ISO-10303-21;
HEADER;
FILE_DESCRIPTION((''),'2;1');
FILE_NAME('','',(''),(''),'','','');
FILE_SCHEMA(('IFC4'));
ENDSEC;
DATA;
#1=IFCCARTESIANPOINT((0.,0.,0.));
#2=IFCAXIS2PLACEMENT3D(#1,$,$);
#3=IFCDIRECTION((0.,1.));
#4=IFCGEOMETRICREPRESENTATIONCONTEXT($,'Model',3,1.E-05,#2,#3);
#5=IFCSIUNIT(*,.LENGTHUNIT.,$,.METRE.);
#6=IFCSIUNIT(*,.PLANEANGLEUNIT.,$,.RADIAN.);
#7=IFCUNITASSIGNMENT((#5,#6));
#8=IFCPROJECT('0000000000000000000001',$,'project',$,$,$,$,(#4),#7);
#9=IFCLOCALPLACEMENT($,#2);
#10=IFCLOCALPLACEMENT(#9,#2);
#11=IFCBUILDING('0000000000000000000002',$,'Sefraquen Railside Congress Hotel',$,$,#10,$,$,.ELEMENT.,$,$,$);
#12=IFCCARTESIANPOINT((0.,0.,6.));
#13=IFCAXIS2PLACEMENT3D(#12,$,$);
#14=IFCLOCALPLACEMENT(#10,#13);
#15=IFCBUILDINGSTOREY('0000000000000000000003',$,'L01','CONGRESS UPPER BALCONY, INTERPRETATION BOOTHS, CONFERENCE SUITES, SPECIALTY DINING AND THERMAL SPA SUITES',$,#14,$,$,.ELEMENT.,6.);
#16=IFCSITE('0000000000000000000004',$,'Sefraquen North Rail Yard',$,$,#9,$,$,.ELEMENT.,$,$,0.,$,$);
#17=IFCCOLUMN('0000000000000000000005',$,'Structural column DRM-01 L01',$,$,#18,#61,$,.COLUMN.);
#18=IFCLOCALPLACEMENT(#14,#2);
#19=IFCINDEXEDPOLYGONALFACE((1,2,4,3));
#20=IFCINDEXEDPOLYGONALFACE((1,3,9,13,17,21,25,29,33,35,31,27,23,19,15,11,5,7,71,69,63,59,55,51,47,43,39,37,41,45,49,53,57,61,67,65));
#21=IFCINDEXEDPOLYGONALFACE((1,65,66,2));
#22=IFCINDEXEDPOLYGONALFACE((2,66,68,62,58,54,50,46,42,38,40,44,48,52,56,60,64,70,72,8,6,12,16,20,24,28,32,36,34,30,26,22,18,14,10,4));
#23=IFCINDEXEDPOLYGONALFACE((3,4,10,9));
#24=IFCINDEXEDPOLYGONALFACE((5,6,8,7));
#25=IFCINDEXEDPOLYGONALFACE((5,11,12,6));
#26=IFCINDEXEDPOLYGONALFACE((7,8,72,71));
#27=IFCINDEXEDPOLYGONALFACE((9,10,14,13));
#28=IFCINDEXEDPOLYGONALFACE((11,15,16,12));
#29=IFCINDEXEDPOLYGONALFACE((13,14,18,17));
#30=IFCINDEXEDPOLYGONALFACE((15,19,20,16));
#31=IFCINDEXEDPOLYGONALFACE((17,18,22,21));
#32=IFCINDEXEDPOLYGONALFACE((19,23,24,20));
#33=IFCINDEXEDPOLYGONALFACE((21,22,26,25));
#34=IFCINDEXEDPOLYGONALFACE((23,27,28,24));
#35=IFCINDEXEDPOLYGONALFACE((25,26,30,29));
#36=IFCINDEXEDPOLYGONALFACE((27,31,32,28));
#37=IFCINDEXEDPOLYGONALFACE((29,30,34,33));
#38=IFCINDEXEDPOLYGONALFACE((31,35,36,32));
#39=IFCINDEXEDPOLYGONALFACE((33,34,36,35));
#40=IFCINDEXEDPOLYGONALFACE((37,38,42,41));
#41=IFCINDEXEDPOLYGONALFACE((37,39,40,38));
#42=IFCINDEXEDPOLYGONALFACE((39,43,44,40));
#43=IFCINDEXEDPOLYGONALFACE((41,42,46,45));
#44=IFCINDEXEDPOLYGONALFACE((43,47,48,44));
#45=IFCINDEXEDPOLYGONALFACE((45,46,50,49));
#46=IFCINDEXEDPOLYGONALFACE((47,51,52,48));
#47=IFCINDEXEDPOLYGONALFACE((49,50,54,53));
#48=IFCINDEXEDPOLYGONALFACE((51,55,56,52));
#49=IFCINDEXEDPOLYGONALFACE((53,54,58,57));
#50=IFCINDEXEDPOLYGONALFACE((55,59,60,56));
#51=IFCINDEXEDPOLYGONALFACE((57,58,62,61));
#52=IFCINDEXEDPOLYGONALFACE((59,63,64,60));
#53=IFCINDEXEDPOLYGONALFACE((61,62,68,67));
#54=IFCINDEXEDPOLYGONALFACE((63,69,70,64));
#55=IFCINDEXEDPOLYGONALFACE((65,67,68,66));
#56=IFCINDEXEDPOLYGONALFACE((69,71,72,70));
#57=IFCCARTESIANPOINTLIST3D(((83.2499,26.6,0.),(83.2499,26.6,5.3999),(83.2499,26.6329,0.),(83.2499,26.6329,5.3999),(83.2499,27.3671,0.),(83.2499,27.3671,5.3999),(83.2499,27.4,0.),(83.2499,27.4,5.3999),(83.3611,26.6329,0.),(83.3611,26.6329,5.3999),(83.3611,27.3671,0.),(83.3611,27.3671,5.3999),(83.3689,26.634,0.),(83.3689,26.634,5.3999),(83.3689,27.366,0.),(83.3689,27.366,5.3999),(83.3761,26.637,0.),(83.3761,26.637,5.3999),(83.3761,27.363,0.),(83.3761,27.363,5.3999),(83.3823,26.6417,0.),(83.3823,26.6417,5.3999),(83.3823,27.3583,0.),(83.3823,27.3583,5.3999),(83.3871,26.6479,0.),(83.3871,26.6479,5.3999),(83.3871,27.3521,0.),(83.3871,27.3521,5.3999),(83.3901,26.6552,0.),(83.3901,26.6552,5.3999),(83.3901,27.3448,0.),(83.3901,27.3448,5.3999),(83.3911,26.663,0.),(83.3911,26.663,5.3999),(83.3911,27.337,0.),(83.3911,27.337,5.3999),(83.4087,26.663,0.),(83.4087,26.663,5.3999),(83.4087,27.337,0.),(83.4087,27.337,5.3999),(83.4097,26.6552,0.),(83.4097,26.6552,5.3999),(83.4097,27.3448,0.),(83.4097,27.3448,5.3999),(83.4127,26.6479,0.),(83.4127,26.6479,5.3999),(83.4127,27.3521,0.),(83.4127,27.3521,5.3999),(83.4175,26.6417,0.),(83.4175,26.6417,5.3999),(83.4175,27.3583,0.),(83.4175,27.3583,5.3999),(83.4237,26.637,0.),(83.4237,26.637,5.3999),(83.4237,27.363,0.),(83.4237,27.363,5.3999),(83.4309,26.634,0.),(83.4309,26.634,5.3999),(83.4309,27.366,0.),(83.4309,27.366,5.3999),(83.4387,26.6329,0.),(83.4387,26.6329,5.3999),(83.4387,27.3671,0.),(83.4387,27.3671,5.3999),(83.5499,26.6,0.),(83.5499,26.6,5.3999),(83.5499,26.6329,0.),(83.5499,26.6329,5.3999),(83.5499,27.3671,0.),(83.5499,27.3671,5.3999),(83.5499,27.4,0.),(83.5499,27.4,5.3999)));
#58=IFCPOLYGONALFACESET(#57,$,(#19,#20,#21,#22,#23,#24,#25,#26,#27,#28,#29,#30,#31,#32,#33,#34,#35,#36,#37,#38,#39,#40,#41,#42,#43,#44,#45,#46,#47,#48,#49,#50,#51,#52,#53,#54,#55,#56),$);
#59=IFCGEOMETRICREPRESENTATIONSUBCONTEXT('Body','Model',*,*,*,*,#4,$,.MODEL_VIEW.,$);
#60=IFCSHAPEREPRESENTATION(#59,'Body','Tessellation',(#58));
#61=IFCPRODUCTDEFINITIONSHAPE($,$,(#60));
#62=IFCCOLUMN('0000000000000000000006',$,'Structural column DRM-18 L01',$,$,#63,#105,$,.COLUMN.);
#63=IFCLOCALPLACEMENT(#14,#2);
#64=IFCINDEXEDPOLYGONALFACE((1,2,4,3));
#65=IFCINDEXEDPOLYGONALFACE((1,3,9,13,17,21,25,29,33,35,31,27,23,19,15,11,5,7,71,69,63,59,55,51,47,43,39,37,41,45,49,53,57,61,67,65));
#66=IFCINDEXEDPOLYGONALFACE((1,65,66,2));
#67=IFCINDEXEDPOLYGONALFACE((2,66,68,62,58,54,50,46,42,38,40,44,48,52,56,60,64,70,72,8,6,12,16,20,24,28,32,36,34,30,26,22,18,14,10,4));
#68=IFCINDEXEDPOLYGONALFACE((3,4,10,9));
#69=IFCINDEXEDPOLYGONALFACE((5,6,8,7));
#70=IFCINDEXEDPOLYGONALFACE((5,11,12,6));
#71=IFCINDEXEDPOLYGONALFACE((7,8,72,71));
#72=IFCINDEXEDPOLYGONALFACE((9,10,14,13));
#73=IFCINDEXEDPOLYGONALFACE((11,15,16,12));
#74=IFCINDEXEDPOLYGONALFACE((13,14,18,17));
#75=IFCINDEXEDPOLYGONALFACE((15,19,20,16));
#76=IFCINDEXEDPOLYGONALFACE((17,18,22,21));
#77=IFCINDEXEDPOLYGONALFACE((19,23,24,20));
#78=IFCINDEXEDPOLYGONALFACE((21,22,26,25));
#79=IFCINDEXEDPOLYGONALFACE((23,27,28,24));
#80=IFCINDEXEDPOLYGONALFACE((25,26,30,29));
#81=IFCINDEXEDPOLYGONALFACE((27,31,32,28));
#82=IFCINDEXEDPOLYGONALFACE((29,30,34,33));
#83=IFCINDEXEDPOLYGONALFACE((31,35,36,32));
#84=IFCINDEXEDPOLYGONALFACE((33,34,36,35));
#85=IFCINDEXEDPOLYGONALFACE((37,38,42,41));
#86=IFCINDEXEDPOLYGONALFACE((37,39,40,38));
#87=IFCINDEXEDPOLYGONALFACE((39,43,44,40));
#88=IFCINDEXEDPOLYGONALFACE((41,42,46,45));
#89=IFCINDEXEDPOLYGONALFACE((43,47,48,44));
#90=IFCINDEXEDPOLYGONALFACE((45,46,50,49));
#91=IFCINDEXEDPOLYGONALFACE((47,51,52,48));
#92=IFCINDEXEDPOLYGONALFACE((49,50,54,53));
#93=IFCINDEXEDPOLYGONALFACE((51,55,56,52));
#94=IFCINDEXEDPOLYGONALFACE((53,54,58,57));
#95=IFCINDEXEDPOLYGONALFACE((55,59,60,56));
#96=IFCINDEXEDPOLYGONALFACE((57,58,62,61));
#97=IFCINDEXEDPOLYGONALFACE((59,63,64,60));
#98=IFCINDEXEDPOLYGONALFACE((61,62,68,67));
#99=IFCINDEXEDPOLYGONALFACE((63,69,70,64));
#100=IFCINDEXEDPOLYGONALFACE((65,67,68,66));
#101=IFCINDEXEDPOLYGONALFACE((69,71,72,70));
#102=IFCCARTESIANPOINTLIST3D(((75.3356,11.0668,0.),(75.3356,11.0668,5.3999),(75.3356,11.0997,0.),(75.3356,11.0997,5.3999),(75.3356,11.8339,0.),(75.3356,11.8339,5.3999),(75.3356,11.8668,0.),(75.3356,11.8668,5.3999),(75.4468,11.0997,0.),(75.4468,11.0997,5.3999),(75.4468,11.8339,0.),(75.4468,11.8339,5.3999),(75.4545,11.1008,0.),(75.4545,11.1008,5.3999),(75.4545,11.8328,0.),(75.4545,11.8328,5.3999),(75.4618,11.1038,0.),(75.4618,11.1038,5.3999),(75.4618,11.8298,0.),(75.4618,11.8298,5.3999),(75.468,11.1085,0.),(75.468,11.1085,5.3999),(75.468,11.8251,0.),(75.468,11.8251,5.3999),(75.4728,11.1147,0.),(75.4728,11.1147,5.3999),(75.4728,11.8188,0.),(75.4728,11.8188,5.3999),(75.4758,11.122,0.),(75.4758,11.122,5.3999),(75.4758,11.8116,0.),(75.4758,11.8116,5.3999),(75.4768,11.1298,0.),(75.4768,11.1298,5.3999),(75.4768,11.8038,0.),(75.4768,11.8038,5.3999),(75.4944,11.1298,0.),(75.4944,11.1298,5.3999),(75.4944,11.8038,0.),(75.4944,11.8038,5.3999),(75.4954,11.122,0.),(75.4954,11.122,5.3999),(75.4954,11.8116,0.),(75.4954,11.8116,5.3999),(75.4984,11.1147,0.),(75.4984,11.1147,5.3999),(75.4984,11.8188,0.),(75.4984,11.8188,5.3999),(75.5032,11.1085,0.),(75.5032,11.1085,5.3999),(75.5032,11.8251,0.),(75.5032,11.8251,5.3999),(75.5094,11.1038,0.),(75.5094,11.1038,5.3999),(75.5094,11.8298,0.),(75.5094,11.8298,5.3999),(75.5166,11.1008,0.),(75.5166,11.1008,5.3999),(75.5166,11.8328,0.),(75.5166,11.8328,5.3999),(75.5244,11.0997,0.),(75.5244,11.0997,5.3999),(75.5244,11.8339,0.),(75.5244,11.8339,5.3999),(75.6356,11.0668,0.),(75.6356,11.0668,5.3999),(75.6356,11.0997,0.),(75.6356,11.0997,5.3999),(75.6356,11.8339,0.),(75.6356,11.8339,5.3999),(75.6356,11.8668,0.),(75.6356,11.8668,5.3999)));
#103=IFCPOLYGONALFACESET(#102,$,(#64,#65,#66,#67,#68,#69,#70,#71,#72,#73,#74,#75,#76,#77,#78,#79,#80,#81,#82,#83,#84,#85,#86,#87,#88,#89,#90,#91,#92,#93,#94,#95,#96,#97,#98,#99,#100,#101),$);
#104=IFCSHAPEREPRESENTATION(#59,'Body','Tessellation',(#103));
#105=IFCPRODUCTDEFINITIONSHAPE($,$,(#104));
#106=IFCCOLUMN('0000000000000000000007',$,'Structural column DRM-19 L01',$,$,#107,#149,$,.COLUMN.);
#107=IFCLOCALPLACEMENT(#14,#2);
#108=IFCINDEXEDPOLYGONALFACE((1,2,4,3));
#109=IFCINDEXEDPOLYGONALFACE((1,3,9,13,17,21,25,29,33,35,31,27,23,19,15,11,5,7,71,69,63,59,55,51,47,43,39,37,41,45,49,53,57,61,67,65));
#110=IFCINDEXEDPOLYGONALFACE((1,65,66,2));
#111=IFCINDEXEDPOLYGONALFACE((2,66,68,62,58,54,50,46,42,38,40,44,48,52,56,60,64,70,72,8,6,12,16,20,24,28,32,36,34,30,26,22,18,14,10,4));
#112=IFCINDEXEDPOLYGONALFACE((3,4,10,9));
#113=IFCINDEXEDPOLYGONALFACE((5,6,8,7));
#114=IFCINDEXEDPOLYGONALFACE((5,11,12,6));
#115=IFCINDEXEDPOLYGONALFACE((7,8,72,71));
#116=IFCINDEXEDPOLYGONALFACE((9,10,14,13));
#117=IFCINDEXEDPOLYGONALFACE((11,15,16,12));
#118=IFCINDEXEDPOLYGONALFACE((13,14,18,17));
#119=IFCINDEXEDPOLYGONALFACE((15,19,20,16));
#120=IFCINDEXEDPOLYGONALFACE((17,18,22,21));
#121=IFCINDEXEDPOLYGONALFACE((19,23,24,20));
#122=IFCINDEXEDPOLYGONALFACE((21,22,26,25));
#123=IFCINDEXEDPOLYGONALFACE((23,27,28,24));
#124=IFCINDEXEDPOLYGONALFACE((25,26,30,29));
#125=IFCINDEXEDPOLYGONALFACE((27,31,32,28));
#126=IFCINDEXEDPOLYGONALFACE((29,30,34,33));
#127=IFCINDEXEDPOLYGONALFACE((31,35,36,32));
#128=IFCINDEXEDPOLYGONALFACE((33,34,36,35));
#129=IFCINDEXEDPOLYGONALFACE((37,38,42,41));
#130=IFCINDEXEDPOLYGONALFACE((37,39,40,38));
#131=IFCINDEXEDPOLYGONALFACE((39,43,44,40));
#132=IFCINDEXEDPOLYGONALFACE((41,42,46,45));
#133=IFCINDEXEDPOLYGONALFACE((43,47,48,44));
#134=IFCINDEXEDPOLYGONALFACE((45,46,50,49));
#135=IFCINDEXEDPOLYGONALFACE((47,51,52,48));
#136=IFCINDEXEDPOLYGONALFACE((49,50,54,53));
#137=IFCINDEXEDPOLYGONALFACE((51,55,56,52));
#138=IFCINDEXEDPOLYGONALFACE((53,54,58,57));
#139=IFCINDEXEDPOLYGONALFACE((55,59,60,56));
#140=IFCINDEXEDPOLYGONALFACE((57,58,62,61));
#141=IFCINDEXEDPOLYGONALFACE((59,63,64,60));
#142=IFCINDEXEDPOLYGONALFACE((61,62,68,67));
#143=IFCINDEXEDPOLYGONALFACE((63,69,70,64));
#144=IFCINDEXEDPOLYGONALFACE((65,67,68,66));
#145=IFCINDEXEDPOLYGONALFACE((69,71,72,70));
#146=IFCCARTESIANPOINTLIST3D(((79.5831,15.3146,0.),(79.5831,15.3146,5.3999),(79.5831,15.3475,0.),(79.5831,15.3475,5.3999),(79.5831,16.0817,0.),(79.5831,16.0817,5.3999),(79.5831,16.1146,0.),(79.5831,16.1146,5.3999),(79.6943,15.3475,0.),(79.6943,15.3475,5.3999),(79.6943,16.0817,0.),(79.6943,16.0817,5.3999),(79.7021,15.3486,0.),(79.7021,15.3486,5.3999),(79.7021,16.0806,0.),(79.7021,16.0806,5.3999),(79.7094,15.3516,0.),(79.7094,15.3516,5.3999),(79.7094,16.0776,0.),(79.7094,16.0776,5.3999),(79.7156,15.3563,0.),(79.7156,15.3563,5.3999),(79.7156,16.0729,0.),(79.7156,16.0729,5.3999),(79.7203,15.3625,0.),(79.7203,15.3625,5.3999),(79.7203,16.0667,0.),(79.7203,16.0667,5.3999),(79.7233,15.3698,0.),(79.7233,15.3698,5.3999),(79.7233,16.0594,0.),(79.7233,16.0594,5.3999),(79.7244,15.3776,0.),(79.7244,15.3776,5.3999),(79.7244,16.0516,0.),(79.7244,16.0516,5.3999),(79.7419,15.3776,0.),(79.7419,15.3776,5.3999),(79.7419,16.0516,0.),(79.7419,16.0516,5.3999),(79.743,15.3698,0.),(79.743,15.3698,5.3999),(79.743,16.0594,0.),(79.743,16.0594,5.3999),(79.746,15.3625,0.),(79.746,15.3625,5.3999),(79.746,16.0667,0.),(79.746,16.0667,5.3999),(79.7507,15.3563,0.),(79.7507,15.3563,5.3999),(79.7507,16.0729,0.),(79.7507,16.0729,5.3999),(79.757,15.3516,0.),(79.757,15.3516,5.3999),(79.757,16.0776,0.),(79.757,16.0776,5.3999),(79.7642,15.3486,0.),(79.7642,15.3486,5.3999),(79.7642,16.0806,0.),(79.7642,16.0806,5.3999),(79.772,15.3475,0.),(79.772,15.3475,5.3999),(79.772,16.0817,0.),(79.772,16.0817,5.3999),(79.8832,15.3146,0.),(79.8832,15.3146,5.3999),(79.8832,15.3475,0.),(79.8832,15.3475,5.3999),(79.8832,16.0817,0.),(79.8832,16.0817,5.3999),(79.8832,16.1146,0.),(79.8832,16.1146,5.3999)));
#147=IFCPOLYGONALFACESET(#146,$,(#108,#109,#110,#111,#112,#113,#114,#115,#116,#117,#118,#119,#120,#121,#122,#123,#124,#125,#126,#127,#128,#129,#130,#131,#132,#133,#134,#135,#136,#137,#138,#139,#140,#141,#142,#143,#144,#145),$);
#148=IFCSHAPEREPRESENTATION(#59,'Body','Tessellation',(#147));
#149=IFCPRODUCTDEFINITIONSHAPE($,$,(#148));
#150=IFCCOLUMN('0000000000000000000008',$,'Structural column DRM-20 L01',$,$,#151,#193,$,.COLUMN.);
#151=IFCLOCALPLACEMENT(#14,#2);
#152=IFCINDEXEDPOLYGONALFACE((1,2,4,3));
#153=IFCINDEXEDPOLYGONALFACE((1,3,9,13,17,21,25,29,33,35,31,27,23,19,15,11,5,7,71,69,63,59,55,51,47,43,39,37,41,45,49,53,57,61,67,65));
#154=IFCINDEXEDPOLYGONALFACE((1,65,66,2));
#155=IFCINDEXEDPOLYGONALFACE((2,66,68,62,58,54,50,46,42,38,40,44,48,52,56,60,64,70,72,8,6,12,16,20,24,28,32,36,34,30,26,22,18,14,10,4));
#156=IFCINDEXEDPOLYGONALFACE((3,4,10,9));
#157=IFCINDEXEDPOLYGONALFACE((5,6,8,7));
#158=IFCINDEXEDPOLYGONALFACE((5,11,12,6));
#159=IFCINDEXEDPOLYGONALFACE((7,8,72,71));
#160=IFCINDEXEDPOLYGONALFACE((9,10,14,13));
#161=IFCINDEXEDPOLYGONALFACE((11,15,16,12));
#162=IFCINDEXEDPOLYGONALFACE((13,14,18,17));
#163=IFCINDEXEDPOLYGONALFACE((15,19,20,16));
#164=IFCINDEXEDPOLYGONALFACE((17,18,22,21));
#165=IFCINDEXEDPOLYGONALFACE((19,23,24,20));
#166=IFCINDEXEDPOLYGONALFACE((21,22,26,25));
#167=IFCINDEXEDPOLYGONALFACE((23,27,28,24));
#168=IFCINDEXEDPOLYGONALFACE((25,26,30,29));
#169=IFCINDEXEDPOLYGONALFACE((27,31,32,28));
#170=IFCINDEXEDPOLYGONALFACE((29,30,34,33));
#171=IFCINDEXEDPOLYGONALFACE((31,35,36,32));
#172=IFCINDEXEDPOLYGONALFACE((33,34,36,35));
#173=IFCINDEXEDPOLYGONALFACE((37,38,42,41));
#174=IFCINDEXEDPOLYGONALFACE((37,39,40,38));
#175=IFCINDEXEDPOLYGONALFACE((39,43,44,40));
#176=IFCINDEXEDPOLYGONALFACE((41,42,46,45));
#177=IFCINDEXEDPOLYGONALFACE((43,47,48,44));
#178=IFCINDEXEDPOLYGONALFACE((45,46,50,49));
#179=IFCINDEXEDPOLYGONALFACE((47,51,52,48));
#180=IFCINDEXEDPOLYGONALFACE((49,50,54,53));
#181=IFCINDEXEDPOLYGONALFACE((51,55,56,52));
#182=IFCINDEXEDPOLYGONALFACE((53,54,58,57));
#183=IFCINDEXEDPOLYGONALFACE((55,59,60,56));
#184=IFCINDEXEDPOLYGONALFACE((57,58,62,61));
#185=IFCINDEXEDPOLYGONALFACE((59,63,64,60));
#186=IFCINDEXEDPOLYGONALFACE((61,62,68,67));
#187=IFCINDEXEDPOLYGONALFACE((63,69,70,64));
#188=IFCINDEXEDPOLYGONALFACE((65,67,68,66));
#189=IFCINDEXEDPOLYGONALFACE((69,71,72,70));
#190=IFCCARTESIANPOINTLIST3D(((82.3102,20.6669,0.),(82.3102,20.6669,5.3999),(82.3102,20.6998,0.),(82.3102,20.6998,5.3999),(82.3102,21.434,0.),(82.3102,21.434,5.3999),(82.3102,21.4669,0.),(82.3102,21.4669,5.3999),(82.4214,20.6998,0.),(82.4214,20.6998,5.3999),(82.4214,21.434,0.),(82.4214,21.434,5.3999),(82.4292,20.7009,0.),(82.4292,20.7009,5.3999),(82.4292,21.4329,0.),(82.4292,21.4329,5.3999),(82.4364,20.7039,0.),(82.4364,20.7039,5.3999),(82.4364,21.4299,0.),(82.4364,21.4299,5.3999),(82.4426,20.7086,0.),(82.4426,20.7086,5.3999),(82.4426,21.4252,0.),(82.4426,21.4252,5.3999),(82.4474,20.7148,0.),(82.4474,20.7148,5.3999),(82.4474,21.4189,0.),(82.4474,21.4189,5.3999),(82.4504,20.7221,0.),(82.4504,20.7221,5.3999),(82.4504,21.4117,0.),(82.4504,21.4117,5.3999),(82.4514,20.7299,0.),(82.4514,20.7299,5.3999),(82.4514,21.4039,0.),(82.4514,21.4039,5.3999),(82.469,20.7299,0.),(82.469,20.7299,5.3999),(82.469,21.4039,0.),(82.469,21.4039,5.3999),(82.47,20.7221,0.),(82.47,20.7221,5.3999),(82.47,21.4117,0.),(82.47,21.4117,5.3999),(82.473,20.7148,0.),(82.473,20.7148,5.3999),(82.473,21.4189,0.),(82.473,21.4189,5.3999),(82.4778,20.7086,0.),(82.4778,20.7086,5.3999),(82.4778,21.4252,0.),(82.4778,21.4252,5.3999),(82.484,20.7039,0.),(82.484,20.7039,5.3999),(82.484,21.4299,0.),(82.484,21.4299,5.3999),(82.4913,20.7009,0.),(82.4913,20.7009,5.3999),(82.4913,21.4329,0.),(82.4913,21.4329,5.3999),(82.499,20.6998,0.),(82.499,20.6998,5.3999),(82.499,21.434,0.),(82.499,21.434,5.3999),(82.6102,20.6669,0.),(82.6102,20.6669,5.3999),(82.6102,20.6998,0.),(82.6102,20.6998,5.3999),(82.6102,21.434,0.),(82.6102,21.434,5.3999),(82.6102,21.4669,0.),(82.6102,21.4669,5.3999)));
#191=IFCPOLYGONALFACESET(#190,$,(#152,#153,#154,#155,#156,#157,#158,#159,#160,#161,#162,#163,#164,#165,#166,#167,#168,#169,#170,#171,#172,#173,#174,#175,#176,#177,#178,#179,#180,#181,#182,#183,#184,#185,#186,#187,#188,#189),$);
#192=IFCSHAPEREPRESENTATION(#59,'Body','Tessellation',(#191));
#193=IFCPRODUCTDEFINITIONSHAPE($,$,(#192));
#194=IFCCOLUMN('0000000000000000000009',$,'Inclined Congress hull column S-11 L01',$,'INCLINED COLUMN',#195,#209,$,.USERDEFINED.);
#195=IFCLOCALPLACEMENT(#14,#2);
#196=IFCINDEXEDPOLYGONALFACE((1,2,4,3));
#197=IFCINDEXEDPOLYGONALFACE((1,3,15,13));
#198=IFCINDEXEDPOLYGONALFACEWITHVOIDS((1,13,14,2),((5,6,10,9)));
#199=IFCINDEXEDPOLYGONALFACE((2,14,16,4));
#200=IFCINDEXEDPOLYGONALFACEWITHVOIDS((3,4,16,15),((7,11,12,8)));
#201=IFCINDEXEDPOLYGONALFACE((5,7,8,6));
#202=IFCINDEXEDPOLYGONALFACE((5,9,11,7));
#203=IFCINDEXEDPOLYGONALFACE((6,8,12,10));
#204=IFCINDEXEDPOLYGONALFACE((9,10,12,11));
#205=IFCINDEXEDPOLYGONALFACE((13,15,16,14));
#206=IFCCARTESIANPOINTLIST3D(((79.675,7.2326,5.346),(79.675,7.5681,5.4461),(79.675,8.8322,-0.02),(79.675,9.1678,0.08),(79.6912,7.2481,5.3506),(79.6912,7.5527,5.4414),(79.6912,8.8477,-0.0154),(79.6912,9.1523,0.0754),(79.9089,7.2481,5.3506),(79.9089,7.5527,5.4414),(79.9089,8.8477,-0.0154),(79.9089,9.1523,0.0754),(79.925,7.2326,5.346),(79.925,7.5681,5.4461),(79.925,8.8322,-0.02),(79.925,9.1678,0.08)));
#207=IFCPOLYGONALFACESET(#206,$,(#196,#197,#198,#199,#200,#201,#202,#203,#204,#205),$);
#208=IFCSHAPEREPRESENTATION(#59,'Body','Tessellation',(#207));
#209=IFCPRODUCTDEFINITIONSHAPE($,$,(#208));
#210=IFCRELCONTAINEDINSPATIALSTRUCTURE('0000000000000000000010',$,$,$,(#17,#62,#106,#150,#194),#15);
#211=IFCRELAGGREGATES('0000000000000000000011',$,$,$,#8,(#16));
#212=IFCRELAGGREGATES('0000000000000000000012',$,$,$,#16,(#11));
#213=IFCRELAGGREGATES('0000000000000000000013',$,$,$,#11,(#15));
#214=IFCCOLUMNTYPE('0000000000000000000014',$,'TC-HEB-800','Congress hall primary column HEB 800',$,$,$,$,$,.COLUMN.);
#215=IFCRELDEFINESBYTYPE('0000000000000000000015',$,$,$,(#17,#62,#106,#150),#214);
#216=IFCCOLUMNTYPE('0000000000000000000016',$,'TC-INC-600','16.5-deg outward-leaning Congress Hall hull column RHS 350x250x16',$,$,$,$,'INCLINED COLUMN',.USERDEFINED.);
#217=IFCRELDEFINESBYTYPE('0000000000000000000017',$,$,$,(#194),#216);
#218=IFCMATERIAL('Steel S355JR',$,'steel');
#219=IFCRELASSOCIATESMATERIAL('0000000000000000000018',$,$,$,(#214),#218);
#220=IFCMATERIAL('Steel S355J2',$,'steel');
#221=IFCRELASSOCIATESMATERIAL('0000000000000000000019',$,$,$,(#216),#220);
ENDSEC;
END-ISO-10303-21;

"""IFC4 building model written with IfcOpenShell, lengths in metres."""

from ifc_helpers import new_model, si_unit, direction, frame, origin, origin_2d, place, context, subcontext, project, spatial, hollow_rectangle, i_section, extrude, material, material_profile, profile_set, type_object, element, save


model = new_model("IFC4")

# Units and contexts
model_context = context("Model", 3, precision=1e-05, world=origin(), true_north=direction((0.0, 1.0)))
body_context = subcontext(model_context, "Body", "Model", "MODEL_VIEW")
ifc_project = project(units=[si_unit("LENGTHUNIT", "METRE"), si_unit("PLANEANGLEUNIT", "RADIAN")], contexts=[model_context])

# Site, building, storey
site_placement = place(None, origin())
site = spatial("IfcSite", under=ifc_project, at=site_placement, Name="Sefraquen North Rail Yard", CompositionType="ELEMENT", RefElevation=0.0)
building_placement = place(site_placement, origin())
building = spatial("IfcBuilding", under=site, at=building_placement, Name="Sefraquen Railside Congress Hotel", CompositionType="ELEMENT")
storey_placement = place(building_placement, frame((0.0, 0.0, 6.0)))
storey = spatial("IfcBuildingStorey", under=building, at=storey_placement, Name="L01", Description="CONGRESS UPPER BALCONY, INTERPRETATION BOOTHS, CONFERENCE SUITES, SPECIALTY DINING AND THERMAL SPA SUITES", CompositionType="ELEMENT", Elevation=6.0)

# Columns
ifc_material_1 = material(Name="Steel S355JR", Category="steel")
ifc_material_profile_1 = material_profile(ifc_material_1, i_section(OverallWidth=0.3, OverallDepth=0.8, WebThickness=0.0176, FlangeThickness=0.033, FilletRadius=0.03, at=origin_2d()), Name="HEB 800")
ifc_profile_set_1 = profile_set([ifc_material_profile_1], Name="Steel S355JR")
column_type_1 = type_object("IfcColumnType", Name="TC-HEB-800", Description="Congress hall primary column HEB 800", PredefinedType="COLUMN", material=ifc_profile_set_1)
for number, where, z_axis, x_axis, name in (
    (1, (83.3999, 27.0, 0.0), (0.0, 0.0, 1.0), (1.0, 0.0, 0.0), "Structural column DRM-01 L01"),
    (2, (75.4856, 11.4668, 0.0), (0.0, 0.0, 1.0), (1.0, 0.0, 0.0), "Structural column DRM-18 L01"),
    (3, (79.7332, 15.7146, 0.0), (0.0, 0.0, 1.0), (1.0, 0.0, 0.0), "Structural column DRM-19 L01"),
    (4, (82.4602, 21.0669, 0.0), (0.0, 0.0, 1.0), (1.0, 0.0, 0.0), "Structural column DRM-20 L01"),
):
    element("IfcColumn", number, at=place(storey_placement, frame(where, z_axis=z_axis, x_axis=x_axis)), inside=storey, type_object=column_type_1, Name=name, PredefinedType="COLUMN", context=body_context, shape_type="SweptSolid", body=[
        extrude(i_section(OverallWidth=0.3, OverallDepth=0.8, WebThickness=0.0176, FlangeThickness=0.033, FilletRadius=0.03, at=origin_2d()), origin(), (0.0, 0.0, 1.0), 5.3999),
    ])
ifc_material_2 = material(Name="Steel S355J2", Category="steel")
ifc_material_profile_2 = material_profile(ifc_material_2, hollow_rectangle(XDim=0.25, YDim=0.3501, WallThickness=0.0161, at=origin_2d()), Name="RHS 350x250x16")
ifc_profile_set_2 = profile_set([ifc_material_profile_2], Name="Steel S355J2")
column_type_2 = type_object("IfcColumnType", Name="TC-INC-600", Description="16.5-deg outward-leaning Congress Hall hull column RHS 350x250x16", ElementType="INCLINED COLUMN", PredefinedType="USERDEFINED", material=ifc_profile_set_2)
column_placement = place(storey_placement, frame((79.8, 9.0, 0.03), z_axis=(0.0, -0.285679, 0.958325), x_axis=(1.0, 0.0, 0.0)))
element("IfcColumn", 5, at=column_placement, inside=storey, type_object=column_type_2, Name="Inclined Congress hull column S-11 L01", ObjectType="INCLINED COLUMN", PredefinedType="USERDEFINED", context=body_context, shape_type="SweptSolid", body=[
    extrude(hollow_rectangle(XDim=0.25, YDim=0.3501, WallThickness=0.0161, at=origin_2d()), origin(), (0.0, 0.0, 1.0), 5.5994),
])

save(model, "model.ifc")
